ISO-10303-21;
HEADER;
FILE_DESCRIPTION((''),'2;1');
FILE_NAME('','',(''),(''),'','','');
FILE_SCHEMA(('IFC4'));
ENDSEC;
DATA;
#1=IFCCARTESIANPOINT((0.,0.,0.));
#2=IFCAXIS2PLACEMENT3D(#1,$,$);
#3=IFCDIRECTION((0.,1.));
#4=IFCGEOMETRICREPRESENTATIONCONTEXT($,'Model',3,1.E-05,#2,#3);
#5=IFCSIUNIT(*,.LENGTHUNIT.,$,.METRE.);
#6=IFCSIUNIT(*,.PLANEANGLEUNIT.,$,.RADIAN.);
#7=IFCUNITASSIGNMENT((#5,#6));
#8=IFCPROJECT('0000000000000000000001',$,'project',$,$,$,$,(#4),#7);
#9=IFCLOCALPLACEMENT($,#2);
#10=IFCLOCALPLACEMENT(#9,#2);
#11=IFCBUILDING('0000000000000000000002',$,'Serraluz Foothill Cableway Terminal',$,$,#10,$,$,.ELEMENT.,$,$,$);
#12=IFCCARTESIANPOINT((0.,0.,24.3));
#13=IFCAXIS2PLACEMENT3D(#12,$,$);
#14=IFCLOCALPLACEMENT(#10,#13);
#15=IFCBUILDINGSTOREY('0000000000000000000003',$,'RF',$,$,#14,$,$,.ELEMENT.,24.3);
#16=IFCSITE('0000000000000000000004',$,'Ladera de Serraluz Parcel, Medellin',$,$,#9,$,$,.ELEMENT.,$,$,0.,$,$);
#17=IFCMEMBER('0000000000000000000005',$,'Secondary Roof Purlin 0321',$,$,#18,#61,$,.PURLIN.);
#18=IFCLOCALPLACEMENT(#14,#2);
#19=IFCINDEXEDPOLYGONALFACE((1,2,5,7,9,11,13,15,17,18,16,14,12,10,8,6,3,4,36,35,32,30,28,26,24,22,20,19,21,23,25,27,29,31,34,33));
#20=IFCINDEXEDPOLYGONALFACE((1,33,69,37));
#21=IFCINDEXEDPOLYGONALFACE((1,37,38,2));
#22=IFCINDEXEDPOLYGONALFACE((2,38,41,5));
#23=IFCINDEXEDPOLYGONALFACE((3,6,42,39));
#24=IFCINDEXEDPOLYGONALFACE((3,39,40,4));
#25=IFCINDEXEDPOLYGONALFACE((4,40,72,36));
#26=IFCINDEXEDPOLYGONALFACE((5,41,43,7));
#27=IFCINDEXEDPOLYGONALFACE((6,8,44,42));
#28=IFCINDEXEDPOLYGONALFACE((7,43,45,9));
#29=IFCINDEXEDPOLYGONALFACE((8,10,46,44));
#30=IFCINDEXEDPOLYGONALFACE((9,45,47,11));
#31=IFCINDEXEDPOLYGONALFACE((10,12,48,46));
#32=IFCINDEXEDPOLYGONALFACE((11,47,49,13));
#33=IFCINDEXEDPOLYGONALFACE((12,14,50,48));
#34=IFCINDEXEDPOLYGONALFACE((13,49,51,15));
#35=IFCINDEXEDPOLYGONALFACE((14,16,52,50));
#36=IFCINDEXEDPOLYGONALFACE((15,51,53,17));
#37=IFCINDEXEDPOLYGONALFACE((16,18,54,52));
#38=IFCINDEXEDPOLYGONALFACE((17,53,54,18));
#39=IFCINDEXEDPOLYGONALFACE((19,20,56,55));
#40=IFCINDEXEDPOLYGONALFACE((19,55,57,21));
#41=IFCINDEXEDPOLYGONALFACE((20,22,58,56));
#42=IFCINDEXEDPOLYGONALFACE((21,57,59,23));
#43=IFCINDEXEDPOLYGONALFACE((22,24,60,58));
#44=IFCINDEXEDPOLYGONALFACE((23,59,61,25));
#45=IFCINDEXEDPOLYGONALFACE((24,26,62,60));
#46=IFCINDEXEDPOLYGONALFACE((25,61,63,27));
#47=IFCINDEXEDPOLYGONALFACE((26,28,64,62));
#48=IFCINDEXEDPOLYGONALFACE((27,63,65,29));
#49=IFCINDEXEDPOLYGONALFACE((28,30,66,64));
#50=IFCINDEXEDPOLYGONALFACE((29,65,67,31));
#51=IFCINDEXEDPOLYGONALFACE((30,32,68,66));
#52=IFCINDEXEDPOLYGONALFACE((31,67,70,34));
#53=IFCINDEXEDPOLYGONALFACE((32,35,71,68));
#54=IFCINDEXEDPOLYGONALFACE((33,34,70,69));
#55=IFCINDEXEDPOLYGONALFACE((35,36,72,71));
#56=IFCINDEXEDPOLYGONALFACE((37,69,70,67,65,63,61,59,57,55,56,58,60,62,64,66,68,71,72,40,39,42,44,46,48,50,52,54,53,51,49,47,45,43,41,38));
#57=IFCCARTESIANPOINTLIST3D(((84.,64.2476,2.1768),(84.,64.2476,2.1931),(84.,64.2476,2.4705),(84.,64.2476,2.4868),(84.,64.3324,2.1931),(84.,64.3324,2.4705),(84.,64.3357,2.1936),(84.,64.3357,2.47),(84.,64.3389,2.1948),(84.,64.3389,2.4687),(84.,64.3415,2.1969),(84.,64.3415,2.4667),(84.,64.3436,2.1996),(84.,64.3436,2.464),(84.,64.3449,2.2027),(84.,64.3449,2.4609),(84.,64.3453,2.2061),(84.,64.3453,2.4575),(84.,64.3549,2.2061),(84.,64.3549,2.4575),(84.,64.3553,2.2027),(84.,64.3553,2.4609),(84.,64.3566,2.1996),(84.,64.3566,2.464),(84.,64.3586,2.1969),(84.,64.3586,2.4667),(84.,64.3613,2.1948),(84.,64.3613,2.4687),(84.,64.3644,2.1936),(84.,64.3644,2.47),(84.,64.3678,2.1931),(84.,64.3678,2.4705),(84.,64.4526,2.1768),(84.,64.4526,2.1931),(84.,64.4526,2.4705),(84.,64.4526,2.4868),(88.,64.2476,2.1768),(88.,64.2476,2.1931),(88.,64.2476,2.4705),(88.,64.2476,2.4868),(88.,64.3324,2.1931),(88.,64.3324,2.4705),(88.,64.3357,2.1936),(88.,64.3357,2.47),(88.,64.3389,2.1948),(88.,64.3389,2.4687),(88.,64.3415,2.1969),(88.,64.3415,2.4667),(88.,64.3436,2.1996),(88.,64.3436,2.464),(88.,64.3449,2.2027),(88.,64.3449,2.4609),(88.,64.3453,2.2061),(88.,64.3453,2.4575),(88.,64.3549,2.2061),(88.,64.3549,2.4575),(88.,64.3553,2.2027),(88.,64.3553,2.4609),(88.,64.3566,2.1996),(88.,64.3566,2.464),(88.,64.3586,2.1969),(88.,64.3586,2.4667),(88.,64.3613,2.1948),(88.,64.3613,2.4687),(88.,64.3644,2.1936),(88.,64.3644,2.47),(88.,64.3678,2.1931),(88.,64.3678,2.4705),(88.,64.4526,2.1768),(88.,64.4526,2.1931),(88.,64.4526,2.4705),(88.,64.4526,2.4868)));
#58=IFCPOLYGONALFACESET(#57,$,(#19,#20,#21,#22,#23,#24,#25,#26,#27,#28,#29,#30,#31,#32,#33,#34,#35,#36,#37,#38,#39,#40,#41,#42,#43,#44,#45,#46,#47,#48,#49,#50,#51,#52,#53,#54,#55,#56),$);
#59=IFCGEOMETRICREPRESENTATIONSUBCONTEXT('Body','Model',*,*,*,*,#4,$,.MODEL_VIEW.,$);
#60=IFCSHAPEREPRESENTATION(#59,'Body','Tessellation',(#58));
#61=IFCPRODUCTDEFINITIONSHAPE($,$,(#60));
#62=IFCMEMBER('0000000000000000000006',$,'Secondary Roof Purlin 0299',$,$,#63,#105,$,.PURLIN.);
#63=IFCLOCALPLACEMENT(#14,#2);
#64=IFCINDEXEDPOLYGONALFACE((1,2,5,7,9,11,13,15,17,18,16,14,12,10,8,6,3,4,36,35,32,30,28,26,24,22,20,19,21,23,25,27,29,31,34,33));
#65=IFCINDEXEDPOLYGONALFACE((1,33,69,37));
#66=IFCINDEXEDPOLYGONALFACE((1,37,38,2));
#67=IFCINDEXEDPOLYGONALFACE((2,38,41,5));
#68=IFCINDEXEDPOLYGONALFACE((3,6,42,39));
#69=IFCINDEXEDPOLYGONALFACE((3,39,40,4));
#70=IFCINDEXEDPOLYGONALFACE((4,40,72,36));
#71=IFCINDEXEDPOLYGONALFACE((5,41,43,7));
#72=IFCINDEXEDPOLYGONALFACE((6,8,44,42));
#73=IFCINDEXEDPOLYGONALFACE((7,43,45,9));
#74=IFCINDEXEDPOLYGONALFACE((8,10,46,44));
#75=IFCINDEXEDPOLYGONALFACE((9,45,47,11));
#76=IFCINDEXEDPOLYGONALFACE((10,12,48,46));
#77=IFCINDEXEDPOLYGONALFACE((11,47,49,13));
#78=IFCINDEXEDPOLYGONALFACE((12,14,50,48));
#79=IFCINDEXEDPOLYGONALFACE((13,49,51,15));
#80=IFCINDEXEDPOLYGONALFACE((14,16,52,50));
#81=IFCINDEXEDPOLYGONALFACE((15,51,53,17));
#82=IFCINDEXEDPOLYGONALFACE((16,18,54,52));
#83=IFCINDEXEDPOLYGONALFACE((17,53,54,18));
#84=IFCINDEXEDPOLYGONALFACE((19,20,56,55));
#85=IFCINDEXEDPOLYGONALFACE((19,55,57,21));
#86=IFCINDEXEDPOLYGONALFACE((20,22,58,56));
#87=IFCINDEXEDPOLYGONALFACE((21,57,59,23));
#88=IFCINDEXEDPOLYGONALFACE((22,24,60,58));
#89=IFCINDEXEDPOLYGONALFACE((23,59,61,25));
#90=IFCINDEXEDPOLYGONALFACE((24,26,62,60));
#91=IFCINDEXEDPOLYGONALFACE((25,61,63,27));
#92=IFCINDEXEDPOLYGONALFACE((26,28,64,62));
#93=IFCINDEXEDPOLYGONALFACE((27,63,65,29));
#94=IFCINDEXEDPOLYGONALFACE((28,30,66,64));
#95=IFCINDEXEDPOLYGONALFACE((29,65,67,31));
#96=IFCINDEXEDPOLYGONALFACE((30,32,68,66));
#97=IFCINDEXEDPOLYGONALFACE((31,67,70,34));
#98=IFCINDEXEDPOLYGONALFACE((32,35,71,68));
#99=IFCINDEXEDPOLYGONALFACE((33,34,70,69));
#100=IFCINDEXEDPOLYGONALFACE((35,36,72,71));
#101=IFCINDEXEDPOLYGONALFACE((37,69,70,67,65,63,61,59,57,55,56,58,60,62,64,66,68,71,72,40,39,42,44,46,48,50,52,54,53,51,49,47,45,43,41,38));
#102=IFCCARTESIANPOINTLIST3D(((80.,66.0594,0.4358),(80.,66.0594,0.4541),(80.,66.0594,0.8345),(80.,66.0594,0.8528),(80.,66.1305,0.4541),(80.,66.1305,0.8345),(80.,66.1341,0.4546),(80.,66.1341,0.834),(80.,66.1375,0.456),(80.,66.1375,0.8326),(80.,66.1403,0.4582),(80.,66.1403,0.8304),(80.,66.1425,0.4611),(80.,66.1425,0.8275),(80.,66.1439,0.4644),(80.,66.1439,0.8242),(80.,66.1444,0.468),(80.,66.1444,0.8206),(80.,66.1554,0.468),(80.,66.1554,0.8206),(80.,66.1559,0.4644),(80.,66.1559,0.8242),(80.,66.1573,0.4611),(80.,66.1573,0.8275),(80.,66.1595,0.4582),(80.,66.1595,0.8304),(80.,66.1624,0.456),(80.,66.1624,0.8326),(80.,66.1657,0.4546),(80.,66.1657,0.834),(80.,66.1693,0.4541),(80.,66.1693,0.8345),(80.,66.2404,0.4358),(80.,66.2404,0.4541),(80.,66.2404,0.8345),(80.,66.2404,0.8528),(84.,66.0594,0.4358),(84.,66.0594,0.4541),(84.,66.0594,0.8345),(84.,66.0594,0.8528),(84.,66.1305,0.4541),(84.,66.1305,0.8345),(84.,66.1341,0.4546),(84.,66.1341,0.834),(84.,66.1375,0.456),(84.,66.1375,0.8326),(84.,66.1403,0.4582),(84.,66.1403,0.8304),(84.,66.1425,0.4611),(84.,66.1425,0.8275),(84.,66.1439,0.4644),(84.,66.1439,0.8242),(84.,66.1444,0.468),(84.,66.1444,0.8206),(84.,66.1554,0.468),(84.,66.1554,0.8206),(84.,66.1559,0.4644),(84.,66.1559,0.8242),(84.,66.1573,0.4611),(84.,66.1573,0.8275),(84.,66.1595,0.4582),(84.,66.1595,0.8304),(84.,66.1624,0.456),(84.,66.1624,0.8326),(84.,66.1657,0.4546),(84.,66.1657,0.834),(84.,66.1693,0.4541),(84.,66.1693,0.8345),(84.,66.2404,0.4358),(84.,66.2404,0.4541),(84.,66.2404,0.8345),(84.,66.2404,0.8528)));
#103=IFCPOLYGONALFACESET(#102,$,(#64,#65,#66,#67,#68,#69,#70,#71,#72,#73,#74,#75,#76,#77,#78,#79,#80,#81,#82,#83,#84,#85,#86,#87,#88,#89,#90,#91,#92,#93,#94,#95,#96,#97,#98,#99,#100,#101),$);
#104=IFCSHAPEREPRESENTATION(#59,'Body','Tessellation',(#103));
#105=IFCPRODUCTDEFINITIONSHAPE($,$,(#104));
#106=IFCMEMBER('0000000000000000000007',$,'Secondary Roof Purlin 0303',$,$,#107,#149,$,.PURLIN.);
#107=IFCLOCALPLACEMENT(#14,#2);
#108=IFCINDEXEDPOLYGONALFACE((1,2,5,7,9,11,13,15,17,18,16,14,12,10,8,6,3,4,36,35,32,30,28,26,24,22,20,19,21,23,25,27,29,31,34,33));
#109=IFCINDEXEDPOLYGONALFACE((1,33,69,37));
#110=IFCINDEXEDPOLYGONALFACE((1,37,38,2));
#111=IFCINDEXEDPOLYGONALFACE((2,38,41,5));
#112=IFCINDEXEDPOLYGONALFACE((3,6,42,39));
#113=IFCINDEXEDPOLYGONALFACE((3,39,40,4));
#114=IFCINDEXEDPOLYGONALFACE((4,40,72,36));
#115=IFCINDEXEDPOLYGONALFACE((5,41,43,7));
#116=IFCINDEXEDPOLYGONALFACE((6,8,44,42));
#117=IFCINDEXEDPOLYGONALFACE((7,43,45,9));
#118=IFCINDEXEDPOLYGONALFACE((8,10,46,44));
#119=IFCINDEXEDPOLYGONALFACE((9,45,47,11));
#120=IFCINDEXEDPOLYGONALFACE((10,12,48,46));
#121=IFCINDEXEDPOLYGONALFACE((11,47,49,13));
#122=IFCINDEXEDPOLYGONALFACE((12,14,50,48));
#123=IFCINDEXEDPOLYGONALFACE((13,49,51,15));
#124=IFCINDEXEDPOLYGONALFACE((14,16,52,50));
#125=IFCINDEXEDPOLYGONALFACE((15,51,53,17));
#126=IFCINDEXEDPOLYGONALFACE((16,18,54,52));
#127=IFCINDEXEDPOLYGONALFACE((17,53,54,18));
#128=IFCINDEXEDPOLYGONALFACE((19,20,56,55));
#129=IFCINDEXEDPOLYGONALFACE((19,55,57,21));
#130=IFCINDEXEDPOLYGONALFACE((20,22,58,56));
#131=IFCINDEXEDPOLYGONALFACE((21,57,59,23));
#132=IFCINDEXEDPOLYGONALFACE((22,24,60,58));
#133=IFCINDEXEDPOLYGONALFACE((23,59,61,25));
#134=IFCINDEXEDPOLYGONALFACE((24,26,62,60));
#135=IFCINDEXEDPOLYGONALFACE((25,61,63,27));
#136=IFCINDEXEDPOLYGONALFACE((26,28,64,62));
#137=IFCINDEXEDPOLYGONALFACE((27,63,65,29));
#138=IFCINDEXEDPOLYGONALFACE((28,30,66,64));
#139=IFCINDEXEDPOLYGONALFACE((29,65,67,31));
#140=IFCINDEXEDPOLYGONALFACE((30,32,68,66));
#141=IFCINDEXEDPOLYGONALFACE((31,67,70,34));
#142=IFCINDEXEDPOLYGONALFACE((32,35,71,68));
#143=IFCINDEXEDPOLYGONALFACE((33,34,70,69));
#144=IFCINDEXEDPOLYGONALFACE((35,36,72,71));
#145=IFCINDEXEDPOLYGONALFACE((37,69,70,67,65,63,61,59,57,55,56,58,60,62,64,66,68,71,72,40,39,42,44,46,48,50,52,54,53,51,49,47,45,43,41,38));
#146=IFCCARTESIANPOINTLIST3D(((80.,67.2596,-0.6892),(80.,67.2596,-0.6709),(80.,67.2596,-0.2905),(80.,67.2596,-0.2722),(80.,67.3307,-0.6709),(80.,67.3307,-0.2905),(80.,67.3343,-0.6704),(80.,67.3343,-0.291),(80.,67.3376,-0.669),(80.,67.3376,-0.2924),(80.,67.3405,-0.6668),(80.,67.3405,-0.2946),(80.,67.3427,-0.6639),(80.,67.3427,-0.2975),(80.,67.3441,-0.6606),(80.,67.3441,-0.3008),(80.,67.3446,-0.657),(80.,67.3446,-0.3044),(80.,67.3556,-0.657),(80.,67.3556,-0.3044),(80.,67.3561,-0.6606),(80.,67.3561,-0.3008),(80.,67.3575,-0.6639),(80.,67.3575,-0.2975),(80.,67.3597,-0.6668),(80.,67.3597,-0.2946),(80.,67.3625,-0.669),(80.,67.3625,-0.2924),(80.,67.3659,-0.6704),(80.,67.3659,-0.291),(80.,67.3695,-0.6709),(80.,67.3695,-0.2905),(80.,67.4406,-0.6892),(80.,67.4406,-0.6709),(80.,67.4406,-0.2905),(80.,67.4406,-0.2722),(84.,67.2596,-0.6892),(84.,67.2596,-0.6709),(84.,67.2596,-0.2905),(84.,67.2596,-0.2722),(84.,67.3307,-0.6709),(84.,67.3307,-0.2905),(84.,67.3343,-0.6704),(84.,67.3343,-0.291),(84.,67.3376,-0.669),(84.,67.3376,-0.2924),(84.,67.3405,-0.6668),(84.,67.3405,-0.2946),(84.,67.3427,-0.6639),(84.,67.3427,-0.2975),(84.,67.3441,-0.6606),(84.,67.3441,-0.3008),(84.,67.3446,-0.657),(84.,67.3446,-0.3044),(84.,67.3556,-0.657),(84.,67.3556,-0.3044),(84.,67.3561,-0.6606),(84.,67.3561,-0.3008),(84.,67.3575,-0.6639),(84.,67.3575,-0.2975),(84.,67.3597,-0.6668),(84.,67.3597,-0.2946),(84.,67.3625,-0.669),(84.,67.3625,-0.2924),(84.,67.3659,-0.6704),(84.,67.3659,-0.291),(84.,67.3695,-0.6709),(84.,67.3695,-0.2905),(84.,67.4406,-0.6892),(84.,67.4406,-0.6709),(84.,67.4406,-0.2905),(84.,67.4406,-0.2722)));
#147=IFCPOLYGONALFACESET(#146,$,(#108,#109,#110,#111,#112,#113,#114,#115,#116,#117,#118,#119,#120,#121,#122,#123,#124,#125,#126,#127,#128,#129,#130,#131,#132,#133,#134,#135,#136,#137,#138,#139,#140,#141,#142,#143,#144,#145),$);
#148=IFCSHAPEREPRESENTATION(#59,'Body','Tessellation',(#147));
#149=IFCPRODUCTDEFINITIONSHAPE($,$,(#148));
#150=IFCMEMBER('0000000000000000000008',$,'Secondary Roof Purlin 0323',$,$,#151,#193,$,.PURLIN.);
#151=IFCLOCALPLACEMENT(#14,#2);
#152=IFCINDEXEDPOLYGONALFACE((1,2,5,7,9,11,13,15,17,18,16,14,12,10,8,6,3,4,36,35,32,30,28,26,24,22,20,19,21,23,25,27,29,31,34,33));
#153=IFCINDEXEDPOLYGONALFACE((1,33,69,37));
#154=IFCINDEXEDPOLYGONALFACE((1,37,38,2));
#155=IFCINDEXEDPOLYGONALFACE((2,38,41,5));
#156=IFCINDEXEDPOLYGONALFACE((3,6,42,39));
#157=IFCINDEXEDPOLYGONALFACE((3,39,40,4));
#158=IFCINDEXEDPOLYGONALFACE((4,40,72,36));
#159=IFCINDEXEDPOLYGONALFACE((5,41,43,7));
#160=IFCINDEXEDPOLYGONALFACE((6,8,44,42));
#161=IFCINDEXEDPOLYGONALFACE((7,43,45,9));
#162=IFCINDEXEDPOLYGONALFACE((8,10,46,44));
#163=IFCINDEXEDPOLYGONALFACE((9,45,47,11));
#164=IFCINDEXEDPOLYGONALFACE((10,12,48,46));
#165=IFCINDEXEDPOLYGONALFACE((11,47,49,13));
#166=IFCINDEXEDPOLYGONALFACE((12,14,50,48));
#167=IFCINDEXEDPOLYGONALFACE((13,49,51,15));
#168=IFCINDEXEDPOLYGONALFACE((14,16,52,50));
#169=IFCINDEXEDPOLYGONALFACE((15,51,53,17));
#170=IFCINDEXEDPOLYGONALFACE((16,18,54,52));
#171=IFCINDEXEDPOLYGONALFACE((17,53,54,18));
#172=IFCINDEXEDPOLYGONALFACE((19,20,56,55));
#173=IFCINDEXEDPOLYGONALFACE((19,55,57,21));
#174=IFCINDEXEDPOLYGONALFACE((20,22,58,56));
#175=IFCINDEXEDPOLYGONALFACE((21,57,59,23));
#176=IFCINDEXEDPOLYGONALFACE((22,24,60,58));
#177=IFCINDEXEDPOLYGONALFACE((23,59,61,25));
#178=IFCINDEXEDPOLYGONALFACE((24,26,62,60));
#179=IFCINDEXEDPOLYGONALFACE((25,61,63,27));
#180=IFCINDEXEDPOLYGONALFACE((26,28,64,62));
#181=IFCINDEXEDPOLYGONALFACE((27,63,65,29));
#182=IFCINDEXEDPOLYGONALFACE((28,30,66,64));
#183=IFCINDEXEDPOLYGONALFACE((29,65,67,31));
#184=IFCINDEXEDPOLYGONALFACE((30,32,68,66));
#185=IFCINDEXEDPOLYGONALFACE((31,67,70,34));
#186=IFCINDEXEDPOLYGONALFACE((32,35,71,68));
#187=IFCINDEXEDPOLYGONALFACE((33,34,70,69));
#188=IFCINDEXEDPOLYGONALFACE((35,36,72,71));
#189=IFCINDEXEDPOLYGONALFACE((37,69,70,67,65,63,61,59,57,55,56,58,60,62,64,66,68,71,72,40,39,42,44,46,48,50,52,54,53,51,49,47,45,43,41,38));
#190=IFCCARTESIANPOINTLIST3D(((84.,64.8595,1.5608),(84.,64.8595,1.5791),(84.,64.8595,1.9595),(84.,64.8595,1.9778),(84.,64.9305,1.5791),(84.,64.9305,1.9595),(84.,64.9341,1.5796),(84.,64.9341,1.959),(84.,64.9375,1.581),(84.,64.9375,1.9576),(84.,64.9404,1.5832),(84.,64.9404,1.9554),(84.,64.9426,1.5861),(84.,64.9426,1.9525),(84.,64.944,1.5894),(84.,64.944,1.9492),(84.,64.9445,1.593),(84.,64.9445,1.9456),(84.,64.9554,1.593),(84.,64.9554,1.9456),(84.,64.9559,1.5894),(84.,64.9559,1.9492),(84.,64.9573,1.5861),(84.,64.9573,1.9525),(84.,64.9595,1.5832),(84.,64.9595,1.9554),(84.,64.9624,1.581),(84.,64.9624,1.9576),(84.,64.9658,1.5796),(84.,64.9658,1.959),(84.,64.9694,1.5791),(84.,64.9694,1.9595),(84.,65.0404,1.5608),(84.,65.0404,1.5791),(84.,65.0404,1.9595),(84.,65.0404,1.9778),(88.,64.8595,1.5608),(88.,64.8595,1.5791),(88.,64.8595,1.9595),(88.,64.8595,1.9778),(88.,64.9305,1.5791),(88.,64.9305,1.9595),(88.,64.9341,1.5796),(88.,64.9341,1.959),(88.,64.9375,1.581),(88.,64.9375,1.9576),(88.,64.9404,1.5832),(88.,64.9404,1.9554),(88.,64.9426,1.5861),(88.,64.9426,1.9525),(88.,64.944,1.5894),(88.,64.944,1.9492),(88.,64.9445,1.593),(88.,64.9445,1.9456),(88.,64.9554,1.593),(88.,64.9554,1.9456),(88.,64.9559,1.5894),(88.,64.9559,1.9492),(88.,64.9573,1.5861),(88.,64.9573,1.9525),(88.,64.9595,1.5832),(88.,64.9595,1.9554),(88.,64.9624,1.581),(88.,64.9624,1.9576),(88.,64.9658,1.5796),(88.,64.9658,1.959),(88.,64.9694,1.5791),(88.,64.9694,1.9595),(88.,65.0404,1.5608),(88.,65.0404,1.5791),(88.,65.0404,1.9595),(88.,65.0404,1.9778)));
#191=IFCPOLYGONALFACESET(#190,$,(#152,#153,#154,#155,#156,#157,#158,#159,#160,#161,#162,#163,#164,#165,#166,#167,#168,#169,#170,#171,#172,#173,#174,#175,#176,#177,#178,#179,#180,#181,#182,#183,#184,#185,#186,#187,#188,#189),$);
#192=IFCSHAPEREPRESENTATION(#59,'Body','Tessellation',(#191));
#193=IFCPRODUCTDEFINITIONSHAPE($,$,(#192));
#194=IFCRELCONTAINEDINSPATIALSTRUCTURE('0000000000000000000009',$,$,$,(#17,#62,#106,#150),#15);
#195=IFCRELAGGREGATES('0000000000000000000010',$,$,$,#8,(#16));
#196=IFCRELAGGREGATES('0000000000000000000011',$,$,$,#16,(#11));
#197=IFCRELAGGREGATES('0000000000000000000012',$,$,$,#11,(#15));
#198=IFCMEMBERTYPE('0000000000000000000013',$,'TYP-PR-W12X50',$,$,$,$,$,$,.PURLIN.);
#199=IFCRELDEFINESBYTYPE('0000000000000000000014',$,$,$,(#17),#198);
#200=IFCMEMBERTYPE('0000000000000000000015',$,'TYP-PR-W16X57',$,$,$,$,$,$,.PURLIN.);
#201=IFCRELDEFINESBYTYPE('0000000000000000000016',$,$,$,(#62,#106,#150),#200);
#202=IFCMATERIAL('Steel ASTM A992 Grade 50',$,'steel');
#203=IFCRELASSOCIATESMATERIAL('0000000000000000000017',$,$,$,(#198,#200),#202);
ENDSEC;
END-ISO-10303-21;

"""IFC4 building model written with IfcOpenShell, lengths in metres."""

from ifc_helpers import new_model, si_unit, direction, frame, origin, origin_2d, place, context, subcontext, project, spatial, i_section, extrude, material, material_profile, profile_set, type_object, element, save


model = new_model("IFC4")

# Units and contexts
model_context = context("Model", 3, precision=1e-05, world=origin(), true_north=direction((0.0, 1.0)))
body_context = subcontext(model_context, "Body", "Model", "MODEL_VIEW")
ifc_project = project(units=[si_unit("LENGTHUNIT", "METRE"), si_unit("PLANEANGLEUNIT", "RADIAN")], contexts=[model_context])

# Site, building, storey
site_placement = place(None, origin())
site = spatial("IfcSite", under=ifc_project, at=site_placement, Name="Ladera de Serraluz Parcel, Medellin", CompositionType="ELEMENT", RefElevation=0.0)
building_placement = place(site_placement, origin())
building = spatial("IfcBuilding", under=site, at=building_placement, Name="Serraluz Foothill Cableway Terminal", CompositionType="ELEMENT")
storey_placement = place(building_placement, frame((0.0, 0.0, 24.3)))
storey = spatial("IfcBuildingStorey", under=building, at=storey_placement, Name="RF", CompositionType="ELEMENT", Elevation=24.3)

# Members
ifc_material_1 = material(Name="Steel ASTM A992 Grade 50", Category="steel")
ifc_material_profile_1 = material_profile(ifc_material_1, i_section(OverallWidth=0.2051, OverallDepth=0.3101, WebThickness=0.0095, FlangeThickness=0.0164, FilletRadius=0.0129, at=origin_2d()), Name="W12X50")
ifc_profile_set_1 = profile_set([ifc_material_profile_1], Name="Steel ASTM A992 Grade 50")
member_type_1 = type_object("IfcMemberType", Name="TYP-PR-W12X50", PredefinedType="PURLIN", material=ifc_profile_set_1)
for number, where, z_axis, x_axis, name in (
    (1, (84.0, 64.3501, 2.3318), (1.0, 0.0, 0.0), (0.0, 1.0, 0.0), "Secondary Roof Purlin 0321"),
):
    element("IfcMember", number, at=place(storey_placement, frame(where, z_axis=z_axis, x_axis=x_axis)), inside=storey, type_object=member_type_1, Name=name, PredefinedType="PURLIN", context=body_context, shape_type="SweptSolid", body=[
        extrude(i_section(OverallWidth=0.2051, OverallDepth=0.3101, WebThickness=0.0095, FlangeThickness=0.0164, FilletRadius=0.0129, at=origin_2d()), origin(), (0.0, 0.0, 1.0), 4.0),
    ])
ifc_material_profile_2 = material_profile(ifc_material_1, i_section(OverallWidth=0.1809, OverallDepth=0.417, WebThickness=0.011, FlangeThickness=0.0183, FilletRadius=0.0139, at=origin_2d()), Name="W16X57")
ifc_profile_set_2 = profile_set([ifc_material_profile_2], Name="Steel ASTM A992 Grade 50")
member_type_2 = type_object("IfcMemberType", Name="TYP-PR-W16X57", PredefinedType="PURLIN", material=ifc_profile_set_2)
for number, where, z_axis, x_axis, name in (
    (2, (80.0, 66.1499, 0.6443), (1.0, 0.0, 0.0), (0.0, 1.0, 0.0), "Secondary Roof Purlin 0299"),
    (3, (80.0, 67.3501, -0.4807), (1.0, 0.0, 0.0), (0.0, 1.0, 0.0), "Secondary Roof Purlin 0303"),
    (4, (84.0, 64.95, 1.7693), (1.0, 0.0, 0.0), (0.0, 1.0, 0.0), "Secondary Roof Purlin 0323"),
):
    element("IfcMember", number, at=place(storey_placement, frame(where, z_axis=z_axis, x_axis=x_axis)), inside=storey, type_object=member_type_2, Name=name, PredefinedType="PURLIN", context=body_context, shape_type="SweptSolid", body=[
        extrude(i_section(OverallWidth=0.1809, OverallDepth=0.417, WebThickness=0.011, FlangeThickness=0.0183, FilletRadius=0.0139, at=origin_2d()), origin(), (0.0, 0.0, 1.0), 4.0),
    ])

save(model, "model.ifc")
